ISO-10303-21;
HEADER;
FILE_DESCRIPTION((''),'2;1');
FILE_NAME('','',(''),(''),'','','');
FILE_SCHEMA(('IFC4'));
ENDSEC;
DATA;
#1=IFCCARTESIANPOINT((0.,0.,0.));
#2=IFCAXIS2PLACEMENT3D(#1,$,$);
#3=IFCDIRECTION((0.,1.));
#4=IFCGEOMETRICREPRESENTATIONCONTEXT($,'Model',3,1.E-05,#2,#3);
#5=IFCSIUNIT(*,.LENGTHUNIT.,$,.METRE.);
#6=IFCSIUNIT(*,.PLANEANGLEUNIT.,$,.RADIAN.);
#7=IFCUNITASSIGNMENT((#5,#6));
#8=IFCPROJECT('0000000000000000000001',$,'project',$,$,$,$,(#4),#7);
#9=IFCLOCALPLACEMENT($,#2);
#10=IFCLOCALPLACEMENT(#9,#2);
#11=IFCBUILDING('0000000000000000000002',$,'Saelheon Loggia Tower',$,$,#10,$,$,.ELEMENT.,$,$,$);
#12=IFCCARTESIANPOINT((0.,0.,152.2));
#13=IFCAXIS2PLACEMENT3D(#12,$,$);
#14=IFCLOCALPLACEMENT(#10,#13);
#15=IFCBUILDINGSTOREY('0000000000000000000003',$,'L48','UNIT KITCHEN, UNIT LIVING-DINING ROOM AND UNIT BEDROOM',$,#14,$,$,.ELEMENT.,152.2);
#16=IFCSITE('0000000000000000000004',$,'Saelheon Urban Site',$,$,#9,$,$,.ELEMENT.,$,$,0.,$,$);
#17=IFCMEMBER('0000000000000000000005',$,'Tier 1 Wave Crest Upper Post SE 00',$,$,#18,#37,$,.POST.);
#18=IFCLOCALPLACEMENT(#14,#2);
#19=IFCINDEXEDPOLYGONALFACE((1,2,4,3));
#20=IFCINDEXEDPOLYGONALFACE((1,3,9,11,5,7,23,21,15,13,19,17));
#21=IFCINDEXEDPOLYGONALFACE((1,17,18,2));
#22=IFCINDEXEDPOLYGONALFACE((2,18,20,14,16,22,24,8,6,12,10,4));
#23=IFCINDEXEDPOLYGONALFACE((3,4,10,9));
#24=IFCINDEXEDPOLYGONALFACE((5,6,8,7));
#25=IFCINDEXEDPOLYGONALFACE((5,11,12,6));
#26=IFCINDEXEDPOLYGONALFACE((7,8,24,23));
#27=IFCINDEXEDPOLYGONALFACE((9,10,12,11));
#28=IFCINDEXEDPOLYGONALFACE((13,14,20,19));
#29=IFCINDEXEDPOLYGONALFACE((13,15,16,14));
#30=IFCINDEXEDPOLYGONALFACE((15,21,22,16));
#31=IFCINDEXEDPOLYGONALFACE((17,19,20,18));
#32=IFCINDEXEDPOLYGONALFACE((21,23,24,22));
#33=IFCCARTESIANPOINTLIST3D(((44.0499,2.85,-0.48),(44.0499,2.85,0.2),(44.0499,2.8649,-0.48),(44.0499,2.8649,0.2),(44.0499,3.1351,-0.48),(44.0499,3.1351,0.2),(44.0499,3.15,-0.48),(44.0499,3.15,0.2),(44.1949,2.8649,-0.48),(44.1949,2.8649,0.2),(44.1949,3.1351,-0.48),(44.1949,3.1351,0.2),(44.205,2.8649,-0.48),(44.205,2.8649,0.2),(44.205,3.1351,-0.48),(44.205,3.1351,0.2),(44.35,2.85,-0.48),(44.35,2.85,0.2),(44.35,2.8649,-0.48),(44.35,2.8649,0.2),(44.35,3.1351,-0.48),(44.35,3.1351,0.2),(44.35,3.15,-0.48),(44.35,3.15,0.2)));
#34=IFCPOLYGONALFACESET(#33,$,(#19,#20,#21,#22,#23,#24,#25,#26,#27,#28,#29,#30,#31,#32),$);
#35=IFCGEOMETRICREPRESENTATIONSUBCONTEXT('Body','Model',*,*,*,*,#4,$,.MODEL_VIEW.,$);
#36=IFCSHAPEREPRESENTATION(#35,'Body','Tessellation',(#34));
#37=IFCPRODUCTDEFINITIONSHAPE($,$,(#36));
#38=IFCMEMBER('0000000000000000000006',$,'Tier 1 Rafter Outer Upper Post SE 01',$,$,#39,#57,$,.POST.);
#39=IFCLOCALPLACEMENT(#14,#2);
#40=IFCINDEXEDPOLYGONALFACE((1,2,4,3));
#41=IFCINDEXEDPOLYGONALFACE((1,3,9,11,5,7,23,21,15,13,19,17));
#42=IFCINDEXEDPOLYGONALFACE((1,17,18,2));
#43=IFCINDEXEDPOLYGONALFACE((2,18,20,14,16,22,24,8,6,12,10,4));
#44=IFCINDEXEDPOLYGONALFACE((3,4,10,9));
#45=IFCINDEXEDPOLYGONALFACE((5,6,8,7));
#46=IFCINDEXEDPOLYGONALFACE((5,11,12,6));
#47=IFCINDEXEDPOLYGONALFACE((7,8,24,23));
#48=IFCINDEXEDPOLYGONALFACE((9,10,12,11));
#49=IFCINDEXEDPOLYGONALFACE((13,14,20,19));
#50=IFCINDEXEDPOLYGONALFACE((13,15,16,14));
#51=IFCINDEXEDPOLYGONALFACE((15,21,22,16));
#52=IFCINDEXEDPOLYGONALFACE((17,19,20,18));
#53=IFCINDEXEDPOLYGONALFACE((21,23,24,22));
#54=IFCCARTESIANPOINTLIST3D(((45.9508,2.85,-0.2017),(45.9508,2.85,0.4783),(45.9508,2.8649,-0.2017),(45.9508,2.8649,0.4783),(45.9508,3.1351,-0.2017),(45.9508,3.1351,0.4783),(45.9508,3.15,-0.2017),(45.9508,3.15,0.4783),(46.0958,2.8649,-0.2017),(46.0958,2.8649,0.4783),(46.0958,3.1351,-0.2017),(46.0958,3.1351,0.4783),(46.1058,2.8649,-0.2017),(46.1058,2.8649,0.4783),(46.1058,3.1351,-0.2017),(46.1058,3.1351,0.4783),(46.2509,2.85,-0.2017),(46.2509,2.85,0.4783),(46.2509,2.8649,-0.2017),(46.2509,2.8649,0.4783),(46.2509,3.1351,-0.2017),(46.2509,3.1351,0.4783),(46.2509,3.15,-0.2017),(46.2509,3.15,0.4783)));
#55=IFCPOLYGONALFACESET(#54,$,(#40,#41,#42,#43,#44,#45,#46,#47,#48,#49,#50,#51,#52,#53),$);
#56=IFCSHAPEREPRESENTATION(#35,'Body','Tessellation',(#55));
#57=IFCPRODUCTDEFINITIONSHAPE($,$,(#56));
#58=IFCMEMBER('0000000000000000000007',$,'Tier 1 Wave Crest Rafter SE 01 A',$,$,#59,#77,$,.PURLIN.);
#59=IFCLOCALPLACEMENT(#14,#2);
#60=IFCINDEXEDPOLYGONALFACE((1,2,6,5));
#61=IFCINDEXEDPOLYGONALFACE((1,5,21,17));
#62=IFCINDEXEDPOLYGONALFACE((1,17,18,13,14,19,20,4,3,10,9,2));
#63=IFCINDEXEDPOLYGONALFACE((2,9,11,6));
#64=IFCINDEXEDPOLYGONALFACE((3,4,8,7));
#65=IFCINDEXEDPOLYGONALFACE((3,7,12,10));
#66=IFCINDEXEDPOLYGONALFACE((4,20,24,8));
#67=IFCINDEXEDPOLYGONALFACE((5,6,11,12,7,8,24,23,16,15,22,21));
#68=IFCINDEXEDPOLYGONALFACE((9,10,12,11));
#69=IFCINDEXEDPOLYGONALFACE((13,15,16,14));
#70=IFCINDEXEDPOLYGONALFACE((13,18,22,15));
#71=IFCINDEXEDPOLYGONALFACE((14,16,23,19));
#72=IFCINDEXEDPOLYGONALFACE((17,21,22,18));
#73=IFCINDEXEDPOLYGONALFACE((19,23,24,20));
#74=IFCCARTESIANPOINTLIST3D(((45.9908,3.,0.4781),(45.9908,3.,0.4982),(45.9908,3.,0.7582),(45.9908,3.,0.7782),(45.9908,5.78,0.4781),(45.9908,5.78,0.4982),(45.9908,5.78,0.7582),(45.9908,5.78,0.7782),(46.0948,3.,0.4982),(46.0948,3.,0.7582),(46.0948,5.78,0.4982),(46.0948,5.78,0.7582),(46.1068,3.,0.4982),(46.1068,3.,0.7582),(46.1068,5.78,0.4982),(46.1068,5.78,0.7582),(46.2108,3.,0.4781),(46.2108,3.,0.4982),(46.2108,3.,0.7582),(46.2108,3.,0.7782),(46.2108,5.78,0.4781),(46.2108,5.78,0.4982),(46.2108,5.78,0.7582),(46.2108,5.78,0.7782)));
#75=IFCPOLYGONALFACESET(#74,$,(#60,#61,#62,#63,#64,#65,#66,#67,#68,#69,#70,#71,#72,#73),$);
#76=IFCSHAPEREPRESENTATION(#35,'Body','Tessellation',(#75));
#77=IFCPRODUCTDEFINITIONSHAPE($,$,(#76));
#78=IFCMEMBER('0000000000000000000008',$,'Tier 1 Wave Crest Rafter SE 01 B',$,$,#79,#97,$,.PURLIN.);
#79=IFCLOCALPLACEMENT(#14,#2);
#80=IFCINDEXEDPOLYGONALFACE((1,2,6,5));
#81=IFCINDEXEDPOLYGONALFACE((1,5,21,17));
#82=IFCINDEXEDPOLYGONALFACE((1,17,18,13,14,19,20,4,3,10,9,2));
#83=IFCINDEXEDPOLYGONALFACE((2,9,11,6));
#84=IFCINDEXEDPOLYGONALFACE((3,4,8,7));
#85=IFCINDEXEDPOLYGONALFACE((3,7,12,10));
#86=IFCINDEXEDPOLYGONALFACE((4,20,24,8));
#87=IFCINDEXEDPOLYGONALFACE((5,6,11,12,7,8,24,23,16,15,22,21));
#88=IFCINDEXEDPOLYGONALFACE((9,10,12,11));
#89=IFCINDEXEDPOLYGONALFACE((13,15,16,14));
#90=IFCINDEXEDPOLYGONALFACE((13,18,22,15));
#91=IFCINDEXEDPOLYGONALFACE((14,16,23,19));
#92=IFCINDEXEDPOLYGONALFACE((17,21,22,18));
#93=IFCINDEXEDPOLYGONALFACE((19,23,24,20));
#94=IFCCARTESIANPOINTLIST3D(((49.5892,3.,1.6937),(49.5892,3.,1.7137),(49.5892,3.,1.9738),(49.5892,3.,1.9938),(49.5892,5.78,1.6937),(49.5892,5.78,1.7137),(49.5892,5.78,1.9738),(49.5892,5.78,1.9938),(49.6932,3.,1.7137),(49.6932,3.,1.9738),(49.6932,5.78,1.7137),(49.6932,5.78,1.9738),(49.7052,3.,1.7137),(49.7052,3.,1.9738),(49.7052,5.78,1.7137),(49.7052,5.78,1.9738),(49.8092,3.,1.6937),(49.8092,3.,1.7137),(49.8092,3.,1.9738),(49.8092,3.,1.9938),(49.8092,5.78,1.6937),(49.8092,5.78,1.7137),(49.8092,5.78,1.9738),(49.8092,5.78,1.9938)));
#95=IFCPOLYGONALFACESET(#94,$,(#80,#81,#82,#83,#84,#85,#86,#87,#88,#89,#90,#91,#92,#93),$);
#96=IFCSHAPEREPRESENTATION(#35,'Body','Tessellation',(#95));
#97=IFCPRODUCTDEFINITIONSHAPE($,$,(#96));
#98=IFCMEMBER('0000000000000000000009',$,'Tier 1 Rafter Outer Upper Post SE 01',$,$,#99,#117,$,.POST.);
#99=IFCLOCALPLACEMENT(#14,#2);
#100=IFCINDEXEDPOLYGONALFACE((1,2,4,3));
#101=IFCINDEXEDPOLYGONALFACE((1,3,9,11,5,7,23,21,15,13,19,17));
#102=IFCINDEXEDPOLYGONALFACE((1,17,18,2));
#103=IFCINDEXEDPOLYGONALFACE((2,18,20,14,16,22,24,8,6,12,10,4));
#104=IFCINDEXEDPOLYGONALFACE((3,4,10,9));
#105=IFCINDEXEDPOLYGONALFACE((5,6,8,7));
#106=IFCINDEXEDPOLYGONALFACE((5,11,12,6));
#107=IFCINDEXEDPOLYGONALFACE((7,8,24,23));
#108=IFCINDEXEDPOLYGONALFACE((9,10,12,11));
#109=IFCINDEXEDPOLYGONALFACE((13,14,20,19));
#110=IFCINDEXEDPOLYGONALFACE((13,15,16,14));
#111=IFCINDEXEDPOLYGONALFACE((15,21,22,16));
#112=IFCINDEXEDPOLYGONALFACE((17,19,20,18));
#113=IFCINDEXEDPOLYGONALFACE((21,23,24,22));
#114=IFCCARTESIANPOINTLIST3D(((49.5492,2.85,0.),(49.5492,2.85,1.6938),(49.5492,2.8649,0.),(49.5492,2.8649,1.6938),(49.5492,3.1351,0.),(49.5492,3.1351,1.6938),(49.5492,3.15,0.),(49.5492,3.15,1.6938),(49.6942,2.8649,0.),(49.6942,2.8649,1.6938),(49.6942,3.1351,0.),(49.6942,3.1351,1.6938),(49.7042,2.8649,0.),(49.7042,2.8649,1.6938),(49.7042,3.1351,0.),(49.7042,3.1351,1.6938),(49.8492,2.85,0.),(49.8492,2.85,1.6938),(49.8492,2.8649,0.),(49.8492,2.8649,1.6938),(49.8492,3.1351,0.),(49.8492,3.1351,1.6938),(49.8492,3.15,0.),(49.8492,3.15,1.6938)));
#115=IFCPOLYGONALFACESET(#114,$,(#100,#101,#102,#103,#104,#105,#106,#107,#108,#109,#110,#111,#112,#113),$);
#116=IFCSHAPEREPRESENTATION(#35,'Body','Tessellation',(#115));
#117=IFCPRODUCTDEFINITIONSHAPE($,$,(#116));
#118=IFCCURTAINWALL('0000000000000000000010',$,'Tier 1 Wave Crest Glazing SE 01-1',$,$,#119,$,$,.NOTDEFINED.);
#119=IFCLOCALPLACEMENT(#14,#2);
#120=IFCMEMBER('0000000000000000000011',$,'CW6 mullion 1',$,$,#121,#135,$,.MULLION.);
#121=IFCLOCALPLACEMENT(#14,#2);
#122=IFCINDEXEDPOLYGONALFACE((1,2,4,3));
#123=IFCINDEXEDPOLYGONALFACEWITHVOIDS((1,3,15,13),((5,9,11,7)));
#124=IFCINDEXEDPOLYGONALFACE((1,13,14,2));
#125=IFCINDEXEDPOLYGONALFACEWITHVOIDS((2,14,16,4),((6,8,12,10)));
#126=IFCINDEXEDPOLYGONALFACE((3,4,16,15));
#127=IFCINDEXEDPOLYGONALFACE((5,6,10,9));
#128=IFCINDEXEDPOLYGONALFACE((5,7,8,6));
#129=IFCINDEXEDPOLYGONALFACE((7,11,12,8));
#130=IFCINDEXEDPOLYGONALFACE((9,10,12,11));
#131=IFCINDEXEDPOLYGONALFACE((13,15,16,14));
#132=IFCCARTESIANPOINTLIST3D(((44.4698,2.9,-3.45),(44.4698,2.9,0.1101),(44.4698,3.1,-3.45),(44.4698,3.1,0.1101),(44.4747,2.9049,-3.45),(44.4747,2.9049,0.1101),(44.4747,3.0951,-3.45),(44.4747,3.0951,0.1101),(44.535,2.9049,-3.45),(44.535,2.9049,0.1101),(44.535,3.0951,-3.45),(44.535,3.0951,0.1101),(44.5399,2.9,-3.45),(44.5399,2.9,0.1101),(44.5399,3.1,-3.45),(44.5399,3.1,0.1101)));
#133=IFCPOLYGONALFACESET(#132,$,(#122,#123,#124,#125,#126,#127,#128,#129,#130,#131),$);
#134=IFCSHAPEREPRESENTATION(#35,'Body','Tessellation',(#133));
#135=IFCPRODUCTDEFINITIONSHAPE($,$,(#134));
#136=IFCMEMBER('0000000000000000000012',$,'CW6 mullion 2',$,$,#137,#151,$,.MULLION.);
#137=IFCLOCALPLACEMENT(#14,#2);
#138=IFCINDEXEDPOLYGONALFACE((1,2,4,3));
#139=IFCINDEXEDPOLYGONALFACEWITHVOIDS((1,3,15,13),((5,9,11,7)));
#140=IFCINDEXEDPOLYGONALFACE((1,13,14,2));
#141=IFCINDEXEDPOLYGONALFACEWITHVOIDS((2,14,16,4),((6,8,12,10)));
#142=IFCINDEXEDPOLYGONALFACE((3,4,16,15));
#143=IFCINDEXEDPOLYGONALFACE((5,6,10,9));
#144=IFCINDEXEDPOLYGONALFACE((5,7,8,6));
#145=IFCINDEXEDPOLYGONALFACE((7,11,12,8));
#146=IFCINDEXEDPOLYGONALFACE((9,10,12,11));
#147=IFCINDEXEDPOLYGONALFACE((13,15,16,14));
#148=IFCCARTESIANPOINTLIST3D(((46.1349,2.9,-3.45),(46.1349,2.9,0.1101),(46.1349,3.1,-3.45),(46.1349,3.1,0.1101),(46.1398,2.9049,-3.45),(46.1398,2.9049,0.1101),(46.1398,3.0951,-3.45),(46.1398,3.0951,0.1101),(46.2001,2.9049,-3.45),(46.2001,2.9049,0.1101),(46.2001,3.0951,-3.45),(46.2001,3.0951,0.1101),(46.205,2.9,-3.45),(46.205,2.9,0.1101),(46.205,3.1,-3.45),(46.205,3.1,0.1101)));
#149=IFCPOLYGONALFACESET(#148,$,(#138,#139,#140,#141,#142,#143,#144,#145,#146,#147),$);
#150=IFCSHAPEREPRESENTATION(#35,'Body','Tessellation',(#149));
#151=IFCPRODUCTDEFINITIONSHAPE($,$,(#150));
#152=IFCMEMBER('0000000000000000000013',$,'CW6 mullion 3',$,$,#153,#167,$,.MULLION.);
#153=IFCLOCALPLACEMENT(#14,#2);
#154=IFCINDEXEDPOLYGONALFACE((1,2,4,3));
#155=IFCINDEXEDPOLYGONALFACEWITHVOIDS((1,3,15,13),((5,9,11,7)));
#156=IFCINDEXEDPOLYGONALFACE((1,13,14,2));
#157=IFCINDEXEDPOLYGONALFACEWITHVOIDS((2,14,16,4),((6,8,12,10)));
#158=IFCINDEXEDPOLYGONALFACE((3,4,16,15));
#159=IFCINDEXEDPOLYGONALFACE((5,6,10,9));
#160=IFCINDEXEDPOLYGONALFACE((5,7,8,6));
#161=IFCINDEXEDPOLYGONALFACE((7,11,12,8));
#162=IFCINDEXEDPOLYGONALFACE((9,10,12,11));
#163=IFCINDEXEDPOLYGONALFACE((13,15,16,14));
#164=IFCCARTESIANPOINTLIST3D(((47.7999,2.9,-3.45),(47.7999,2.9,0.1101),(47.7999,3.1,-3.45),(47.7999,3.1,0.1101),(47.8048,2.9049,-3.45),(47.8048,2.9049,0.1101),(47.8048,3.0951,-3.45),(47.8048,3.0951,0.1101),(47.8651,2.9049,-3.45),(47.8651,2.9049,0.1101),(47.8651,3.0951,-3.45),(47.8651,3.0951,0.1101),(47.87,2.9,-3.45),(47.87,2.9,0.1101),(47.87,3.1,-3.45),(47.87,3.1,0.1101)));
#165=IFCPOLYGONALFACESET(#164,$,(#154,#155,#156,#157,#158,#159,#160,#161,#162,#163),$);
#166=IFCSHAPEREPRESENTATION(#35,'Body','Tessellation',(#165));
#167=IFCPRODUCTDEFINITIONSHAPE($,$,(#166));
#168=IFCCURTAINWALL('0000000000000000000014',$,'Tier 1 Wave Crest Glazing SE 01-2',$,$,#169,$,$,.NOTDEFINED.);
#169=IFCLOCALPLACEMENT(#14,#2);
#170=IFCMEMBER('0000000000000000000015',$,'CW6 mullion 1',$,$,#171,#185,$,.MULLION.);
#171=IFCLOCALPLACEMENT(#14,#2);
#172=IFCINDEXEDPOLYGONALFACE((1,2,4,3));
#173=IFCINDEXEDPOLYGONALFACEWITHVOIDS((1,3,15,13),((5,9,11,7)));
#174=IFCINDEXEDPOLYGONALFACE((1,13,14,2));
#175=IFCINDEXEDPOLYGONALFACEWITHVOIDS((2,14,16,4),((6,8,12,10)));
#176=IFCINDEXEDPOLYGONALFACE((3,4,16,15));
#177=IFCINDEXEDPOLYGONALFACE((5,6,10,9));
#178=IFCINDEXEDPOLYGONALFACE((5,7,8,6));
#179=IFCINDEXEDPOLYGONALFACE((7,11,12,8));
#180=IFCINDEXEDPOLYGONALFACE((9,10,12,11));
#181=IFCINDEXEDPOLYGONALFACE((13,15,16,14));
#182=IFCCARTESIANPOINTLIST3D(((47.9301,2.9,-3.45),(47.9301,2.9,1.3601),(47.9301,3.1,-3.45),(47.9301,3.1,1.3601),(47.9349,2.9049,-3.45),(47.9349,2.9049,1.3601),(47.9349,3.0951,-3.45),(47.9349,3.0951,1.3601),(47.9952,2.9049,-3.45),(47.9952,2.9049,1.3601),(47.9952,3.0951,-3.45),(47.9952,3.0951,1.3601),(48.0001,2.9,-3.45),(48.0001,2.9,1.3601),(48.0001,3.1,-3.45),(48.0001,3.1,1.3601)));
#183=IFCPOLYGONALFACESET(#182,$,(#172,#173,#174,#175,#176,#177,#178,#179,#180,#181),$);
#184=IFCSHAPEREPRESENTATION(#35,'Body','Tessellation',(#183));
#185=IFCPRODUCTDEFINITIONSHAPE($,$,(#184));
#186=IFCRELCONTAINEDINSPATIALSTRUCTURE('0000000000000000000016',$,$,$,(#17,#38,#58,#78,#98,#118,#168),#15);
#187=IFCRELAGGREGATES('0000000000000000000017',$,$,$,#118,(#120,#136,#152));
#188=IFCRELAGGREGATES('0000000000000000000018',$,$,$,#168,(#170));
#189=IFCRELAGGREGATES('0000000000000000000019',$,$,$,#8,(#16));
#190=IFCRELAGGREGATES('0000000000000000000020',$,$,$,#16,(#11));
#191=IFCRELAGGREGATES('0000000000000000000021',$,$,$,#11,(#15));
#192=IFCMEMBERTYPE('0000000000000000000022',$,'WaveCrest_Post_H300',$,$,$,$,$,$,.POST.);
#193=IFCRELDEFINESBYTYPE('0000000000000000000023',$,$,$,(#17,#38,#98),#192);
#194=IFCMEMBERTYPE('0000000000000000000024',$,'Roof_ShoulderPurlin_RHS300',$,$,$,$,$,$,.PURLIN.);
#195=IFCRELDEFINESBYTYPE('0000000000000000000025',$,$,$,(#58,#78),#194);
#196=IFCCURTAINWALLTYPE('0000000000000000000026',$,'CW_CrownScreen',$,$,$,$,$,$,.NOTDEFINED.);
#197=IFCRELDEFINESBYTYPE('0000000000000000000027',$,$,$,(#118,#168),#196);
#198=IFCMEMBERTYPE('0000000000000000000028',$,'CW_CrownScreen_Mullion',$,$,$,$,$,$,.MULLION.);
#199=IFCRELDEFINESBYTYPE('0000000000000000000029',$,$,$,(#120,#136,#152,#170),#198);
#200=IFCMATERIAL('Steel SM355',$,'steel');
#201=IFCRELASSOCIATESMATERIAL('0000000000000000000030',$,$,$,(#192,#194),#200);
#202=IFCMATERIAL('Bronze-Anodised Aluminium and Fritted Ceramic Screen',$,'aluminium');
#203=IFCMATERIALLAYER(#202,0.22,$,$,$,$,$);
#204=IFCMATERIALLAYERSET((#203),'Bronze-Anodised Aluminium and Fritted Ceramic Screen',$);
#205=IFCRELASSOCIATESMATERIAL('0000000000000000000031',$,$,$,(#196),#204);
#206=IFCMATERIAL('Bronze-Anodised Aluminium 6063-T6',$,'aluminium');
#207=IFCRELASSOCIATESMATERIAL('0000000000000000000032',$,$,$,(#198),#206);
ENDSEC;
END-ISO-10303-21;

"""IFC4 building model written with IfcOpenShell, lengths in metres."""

from ifc_helpers import new_model, si_unit, direction, frame, origin, origin_2d, place, context, subcontext, project, spatial, hollow_rectangle, i_section, extrude, source, transform, mapped, material, layer, layer_set, material_profile, profile_set, type_object, element, aggregate, save


model = new_model("IFC4")

# Units and contexts
model_context = context("Model", 3, precision=1e-05, world=origin(), true_north=direction((0.0, 1.0)))
body_context = subcontext(model_context, "Body", "Model", "MODEL_VIEW")
ifc_project = project(units=[si_unit("LENGTHUNIT", "METRE"), si_unit("PLANEANGLEUNIT", "RADIAN")], contexts=[model_context])

# Site, building, storey
site_placement = place(None, origin())
site = spatial("IfcSite", under=ifc_project, at=site_placement, Name="Saelheon Urban Site", CompositionType="ELEMENT", RefElevation=0.0)
building_placement = place(site_placement, origin())
building = spatial("IfcBuilding", under=site, at=building_placement, Name="Saelheon Loggia Tower", CompositionType="ELEMENT")
storey_placement = place(building_placement, frame((0.0, 0.0, 152.2)))
storey = spatial("IfcBuildingStorey", under=building, at=storey_placement, Name="L48", Description="UNIT KITCHEN, UNIT LIVING-DINING ROOM AND UNIT BEDROOM", CompositionType="ELEMENT", Elevation=152.2)

# Members
ifc_material_1 = material(Name="Steel SM355", Category="steel")
ifc_material_profile_1 = material_profile(ifc_material_1, i_section(OverallWidth=0.3, OverallDepth=0.3, WebThickness=0.01, FlangeThickness=0.0149, at=origin_2d()), Name="H-300x300x10x15")
ifc_profile_set_1 = profile_set([ifc_material_profile_1], Name="Steel SM355")
member_type_1 = type_object("IfcMemberType", Name="WaveCrest_Post_H300", PredefinedType="POST", material=ifc_profile_set_1)
shared_shape_1 = source(origin(), body_context, "Body", "SweptSolid", [
    extrude(i_section(OverallWidth=0.3, OverallDepth=0.3, WebThickness=0.01, FlangeThickness=0.0149, at=origin_2d()), origin(), (0.0, 0.0, 1.0), 0.6799),
])
for number, where, z_axis, x_axis, name in (
    (1, (44.2, 3.0, -0.48), (0.0, 0.0, 1.0), (1.0, 0.0, 0.0), "Tier 1 Wave Crest Upper Post SE 00"),
    (2, (46.1008, 3.0, -0.2017), (0.0, 0.0, 1.0), (1.0, 0.0, 0.0), "Tier 1 Rafter Outer Upper Post SE 01"),
):
    element("IfcMember", number, at=place(storey_placement, frame(where, z_axis=z_axis, x_axis=x_axis)), inside=storey, type_object=member_type_1, Name=name, PredefinedType="POST", context=body_context, shape_type="MappedRepresentation", body=[
        mapped(shared_shape_1, transform((0.0, 0.0, 0.0), scale=1.0)),
    ])
ifc_material_profile_2 = material_profile(ifc_material_1, i_section(OverallWidth=0.22, OverallDepth=0.3, WebThickness=0.012, FlangeThickness=0.02, at=origin_2d()), Name="H-300x220x12x20")
ifc_profile_set_2 = profile_set([ifc_material_profile_2], Name="Steel SM355")
member_type_2 = type_object("IfcMemberType", Name="Roof_ShoulderPurlin_RHS300", PredefinedType="PURLIN", material=ifc_profile_set_2)
shared_shape_2 = source(origin(), body_context, "Body", "SweptSolid", [
    extrude(i_section(OverallWidth=0.22, OverallDepth=0.3, WebThickness=0.012, FlangeThickness=0.02, at=origin_2d()), origin(), (0.0, 0.0, 1.0), 2.78),
])
for number, where, z_axis, x_axis, name in (
    (3, (46.1008, 3.0, 0.6282), (0.0, 1.0, 0.0), (-1.0, 0.0, 0.0), "Tier 1 Wave Crest Rafter SE 01 A"),
    (4, (49.6992, 3.0, 1.8438), (0.0, 1.0, 0.0), (-1.0, 0.0, 0.0), "Tier 1 Wave Crest Rafter SE 01 B"),
):
    element("IfcMember", number, at=place(storey_placement, frame(where, z_axis=z_axis, x_axis=x_axis)), inside=storey, type_object=member_type_2, Name=name, PredefinedType="PURLIN", context=body_context, shape_type="MappedRepresentation", body=[
        mapped(shared_shape_2, transform((0.0, 0.0, 0.0), scale=1.0)),
    ])
shared_shape_3 = source(origin(), body_context, "Body", "SweptSolid", [
    extrude(i_section(OverallWidth=0.3, OverallDepth=0.3, WebThickness=0.01, FlangeThickness=0.0149, at=origin_2d()), origin(), (0.0, 0.0, 1.0), 1.6938),
])
member_1_placement = place(storey_placement, frame((49.6992, 3.0, 0.0), z_axis=(0.0, 0.0, 1.0), x_axis=(1.0, 0.0, 0.0)))
element("IfcMember", 5, at=member_1_placement, inside=storey, type_object=member_type_1, Name="Tier 1 Rafter Outer Upper Post SE 01", PredefinedType="POST", context=body_context, shape_type="MappedRepresentation", body=[
    mapped(shared_shape_3, transform((0.0, 0.0, 0.0), scale=1.0)),
])

# Curtain walls, members
ifc_material_2 = material(Name="Bronze-Anodised Aluminium and Fritted Ceramic Screen", Category="aluminium")
ifc_layer_1 = layer(ifc_material_2, 0.22)
ifc_layer_set_1 = layer_set([ifc_layer_1], Name="Bronze-Anodised Aluminium and Fritted Ceramic Screen")
curtain_wall_type = type_object("IfcCurtainWallType", Name="CW_CrownScreen", PredefinedType="NOTDEFINED", material=ifc_layer_set_1)
curtain_wall_1_placement = place(storey_placement, origin())
curtain_wall_1 = element("IfcCurtainWall", 6, at=curtain_wall_1_placement, inside=storey, type_object=curtain_wall_type, Name="Tier 1 Wave Crest Glazing SE 01-1", PredefinedType="NOTDEFINED")
ifc_material_3 = material(Name="Bronze-Anodised Aluminium 6063-T6", Category="aluminium")
ifc_material_profile_3 = material_profile(ifc_material_3, hollow_rectangle(XDim=0.0701, YDim=0.2, WallThickness=0.0049, at=origin_2d()), Name="RHS-200x70x5")
ifc_profile_set_3 = profile_set([ifc_material_profile_3], Name="Bronze-Anodised Aluminium 6063-T6")
member_type_3 = type_object("IfcMemberType", Name="CW_CrownScreen_Mullion", PredefinedType="MULLION", material=ifc_profile_set_3)
shared_shape_4 = source(origin(), body_context, "Body", "SweptSolid", [
    extrude(hollow_rectangle(XDim=0.0701, YDim=0.2, WallThickness=0.0049, at=origin_2d()), origin(), (0.0, 0.0, 1.0), 3.5601),
])
member_2_placement = place(storey_placement, frame((44.5049, 3.0, -3.45), z_axis=(0.0, 0.0, 1.0), x_axis=(1.0, 0.0, 0.0)))
member_2 = element("IfcMember", 7, at=member_2_placement, type_object=member_type_3, Name="CW6 mullion 1", PredefinedType="MULLION", context=body_context, shape_type="MappedRepresentation", body=[
    mapped(shared_shape_4, transform((0.0, 0.0, 0.0), scale=1.0)),
])
member_3_placement = place(storey_placement, frame((46.1699, 3.0, -3.45), z_axis=(0.0, 0.0, 1.0), x_axis=(1.0, 0.0, 0.0)))
member_3 = element("IfcMember", 8, at=member_3_placement, type_object=member_type_3, Name="CW6 mullion 2", PredefinedType="MULLION", context=body_context, shape_type="MappedRepresentation", body=[
    mapped(shared_shape_4, transform((0.0, 0.0, 0.0), scale=1.0)),
])
member_4_placement = place(storey_placement, frame((47.835, 3.0, -3.45), z_axis=(0.0, 0.0, 1.0), x_axis=(1.0, 0.0, 0.0)))
member_4 = element("IfcMember", 9, at=member_4_placement, type_object=member_type_3, Name="CW6 mullion 3", PredefinedType="MULLION", context=body_context, shape_type="MappedRepresentation", body=[
    mapped(shared_shape_4, transform((0.0, 0.0, 0.0), scale=1.0)),
])
curtain_wall_2_placement = place(storey_placement, origin())
curtain_wall_2 = element("IfcCurtainWall", 10, at=curtain_wall_2_placement, inside=storey, type_object=curtain_wall_type, Name="Tier 1 Wave Crest Glazing SE 01-2", PredefinedType="NOTDEFINED")
shared_shape_5 = source(origin(), body_context, "Body", "SweptSolid", [
    extrude(hollow_rectangle(XDim=0.0701, YDim=0.2, WallThickness=0.0049, at=origin_2d()), origin(), (0.0, 0.0, 1.0), 4.8101),
])
member_5_placement = place(storey_placement, frame((47.9651, 3.0, -3.45), z_axis=(0.0, 0.0, 1.0), x_axis=(1.0, 0.0, 0.0)))
member_5 = element("IfcMember", 11, at=member_5_placement, type_object=member_type_3, Name="CW6 mullion 1", PredefinedType="MULLION", context=body_context, shape_type="MappedRepresentation", body=[
    mapped(shared_shape_5, transform((0.0, 0.0, 0.0), scale=1.0)),
])

aggregate(curtain_wall_1, [member_2, member_3, member_4])
aggregate(curtain_wall_2, [member_5])

save(model, "model.ifc")
